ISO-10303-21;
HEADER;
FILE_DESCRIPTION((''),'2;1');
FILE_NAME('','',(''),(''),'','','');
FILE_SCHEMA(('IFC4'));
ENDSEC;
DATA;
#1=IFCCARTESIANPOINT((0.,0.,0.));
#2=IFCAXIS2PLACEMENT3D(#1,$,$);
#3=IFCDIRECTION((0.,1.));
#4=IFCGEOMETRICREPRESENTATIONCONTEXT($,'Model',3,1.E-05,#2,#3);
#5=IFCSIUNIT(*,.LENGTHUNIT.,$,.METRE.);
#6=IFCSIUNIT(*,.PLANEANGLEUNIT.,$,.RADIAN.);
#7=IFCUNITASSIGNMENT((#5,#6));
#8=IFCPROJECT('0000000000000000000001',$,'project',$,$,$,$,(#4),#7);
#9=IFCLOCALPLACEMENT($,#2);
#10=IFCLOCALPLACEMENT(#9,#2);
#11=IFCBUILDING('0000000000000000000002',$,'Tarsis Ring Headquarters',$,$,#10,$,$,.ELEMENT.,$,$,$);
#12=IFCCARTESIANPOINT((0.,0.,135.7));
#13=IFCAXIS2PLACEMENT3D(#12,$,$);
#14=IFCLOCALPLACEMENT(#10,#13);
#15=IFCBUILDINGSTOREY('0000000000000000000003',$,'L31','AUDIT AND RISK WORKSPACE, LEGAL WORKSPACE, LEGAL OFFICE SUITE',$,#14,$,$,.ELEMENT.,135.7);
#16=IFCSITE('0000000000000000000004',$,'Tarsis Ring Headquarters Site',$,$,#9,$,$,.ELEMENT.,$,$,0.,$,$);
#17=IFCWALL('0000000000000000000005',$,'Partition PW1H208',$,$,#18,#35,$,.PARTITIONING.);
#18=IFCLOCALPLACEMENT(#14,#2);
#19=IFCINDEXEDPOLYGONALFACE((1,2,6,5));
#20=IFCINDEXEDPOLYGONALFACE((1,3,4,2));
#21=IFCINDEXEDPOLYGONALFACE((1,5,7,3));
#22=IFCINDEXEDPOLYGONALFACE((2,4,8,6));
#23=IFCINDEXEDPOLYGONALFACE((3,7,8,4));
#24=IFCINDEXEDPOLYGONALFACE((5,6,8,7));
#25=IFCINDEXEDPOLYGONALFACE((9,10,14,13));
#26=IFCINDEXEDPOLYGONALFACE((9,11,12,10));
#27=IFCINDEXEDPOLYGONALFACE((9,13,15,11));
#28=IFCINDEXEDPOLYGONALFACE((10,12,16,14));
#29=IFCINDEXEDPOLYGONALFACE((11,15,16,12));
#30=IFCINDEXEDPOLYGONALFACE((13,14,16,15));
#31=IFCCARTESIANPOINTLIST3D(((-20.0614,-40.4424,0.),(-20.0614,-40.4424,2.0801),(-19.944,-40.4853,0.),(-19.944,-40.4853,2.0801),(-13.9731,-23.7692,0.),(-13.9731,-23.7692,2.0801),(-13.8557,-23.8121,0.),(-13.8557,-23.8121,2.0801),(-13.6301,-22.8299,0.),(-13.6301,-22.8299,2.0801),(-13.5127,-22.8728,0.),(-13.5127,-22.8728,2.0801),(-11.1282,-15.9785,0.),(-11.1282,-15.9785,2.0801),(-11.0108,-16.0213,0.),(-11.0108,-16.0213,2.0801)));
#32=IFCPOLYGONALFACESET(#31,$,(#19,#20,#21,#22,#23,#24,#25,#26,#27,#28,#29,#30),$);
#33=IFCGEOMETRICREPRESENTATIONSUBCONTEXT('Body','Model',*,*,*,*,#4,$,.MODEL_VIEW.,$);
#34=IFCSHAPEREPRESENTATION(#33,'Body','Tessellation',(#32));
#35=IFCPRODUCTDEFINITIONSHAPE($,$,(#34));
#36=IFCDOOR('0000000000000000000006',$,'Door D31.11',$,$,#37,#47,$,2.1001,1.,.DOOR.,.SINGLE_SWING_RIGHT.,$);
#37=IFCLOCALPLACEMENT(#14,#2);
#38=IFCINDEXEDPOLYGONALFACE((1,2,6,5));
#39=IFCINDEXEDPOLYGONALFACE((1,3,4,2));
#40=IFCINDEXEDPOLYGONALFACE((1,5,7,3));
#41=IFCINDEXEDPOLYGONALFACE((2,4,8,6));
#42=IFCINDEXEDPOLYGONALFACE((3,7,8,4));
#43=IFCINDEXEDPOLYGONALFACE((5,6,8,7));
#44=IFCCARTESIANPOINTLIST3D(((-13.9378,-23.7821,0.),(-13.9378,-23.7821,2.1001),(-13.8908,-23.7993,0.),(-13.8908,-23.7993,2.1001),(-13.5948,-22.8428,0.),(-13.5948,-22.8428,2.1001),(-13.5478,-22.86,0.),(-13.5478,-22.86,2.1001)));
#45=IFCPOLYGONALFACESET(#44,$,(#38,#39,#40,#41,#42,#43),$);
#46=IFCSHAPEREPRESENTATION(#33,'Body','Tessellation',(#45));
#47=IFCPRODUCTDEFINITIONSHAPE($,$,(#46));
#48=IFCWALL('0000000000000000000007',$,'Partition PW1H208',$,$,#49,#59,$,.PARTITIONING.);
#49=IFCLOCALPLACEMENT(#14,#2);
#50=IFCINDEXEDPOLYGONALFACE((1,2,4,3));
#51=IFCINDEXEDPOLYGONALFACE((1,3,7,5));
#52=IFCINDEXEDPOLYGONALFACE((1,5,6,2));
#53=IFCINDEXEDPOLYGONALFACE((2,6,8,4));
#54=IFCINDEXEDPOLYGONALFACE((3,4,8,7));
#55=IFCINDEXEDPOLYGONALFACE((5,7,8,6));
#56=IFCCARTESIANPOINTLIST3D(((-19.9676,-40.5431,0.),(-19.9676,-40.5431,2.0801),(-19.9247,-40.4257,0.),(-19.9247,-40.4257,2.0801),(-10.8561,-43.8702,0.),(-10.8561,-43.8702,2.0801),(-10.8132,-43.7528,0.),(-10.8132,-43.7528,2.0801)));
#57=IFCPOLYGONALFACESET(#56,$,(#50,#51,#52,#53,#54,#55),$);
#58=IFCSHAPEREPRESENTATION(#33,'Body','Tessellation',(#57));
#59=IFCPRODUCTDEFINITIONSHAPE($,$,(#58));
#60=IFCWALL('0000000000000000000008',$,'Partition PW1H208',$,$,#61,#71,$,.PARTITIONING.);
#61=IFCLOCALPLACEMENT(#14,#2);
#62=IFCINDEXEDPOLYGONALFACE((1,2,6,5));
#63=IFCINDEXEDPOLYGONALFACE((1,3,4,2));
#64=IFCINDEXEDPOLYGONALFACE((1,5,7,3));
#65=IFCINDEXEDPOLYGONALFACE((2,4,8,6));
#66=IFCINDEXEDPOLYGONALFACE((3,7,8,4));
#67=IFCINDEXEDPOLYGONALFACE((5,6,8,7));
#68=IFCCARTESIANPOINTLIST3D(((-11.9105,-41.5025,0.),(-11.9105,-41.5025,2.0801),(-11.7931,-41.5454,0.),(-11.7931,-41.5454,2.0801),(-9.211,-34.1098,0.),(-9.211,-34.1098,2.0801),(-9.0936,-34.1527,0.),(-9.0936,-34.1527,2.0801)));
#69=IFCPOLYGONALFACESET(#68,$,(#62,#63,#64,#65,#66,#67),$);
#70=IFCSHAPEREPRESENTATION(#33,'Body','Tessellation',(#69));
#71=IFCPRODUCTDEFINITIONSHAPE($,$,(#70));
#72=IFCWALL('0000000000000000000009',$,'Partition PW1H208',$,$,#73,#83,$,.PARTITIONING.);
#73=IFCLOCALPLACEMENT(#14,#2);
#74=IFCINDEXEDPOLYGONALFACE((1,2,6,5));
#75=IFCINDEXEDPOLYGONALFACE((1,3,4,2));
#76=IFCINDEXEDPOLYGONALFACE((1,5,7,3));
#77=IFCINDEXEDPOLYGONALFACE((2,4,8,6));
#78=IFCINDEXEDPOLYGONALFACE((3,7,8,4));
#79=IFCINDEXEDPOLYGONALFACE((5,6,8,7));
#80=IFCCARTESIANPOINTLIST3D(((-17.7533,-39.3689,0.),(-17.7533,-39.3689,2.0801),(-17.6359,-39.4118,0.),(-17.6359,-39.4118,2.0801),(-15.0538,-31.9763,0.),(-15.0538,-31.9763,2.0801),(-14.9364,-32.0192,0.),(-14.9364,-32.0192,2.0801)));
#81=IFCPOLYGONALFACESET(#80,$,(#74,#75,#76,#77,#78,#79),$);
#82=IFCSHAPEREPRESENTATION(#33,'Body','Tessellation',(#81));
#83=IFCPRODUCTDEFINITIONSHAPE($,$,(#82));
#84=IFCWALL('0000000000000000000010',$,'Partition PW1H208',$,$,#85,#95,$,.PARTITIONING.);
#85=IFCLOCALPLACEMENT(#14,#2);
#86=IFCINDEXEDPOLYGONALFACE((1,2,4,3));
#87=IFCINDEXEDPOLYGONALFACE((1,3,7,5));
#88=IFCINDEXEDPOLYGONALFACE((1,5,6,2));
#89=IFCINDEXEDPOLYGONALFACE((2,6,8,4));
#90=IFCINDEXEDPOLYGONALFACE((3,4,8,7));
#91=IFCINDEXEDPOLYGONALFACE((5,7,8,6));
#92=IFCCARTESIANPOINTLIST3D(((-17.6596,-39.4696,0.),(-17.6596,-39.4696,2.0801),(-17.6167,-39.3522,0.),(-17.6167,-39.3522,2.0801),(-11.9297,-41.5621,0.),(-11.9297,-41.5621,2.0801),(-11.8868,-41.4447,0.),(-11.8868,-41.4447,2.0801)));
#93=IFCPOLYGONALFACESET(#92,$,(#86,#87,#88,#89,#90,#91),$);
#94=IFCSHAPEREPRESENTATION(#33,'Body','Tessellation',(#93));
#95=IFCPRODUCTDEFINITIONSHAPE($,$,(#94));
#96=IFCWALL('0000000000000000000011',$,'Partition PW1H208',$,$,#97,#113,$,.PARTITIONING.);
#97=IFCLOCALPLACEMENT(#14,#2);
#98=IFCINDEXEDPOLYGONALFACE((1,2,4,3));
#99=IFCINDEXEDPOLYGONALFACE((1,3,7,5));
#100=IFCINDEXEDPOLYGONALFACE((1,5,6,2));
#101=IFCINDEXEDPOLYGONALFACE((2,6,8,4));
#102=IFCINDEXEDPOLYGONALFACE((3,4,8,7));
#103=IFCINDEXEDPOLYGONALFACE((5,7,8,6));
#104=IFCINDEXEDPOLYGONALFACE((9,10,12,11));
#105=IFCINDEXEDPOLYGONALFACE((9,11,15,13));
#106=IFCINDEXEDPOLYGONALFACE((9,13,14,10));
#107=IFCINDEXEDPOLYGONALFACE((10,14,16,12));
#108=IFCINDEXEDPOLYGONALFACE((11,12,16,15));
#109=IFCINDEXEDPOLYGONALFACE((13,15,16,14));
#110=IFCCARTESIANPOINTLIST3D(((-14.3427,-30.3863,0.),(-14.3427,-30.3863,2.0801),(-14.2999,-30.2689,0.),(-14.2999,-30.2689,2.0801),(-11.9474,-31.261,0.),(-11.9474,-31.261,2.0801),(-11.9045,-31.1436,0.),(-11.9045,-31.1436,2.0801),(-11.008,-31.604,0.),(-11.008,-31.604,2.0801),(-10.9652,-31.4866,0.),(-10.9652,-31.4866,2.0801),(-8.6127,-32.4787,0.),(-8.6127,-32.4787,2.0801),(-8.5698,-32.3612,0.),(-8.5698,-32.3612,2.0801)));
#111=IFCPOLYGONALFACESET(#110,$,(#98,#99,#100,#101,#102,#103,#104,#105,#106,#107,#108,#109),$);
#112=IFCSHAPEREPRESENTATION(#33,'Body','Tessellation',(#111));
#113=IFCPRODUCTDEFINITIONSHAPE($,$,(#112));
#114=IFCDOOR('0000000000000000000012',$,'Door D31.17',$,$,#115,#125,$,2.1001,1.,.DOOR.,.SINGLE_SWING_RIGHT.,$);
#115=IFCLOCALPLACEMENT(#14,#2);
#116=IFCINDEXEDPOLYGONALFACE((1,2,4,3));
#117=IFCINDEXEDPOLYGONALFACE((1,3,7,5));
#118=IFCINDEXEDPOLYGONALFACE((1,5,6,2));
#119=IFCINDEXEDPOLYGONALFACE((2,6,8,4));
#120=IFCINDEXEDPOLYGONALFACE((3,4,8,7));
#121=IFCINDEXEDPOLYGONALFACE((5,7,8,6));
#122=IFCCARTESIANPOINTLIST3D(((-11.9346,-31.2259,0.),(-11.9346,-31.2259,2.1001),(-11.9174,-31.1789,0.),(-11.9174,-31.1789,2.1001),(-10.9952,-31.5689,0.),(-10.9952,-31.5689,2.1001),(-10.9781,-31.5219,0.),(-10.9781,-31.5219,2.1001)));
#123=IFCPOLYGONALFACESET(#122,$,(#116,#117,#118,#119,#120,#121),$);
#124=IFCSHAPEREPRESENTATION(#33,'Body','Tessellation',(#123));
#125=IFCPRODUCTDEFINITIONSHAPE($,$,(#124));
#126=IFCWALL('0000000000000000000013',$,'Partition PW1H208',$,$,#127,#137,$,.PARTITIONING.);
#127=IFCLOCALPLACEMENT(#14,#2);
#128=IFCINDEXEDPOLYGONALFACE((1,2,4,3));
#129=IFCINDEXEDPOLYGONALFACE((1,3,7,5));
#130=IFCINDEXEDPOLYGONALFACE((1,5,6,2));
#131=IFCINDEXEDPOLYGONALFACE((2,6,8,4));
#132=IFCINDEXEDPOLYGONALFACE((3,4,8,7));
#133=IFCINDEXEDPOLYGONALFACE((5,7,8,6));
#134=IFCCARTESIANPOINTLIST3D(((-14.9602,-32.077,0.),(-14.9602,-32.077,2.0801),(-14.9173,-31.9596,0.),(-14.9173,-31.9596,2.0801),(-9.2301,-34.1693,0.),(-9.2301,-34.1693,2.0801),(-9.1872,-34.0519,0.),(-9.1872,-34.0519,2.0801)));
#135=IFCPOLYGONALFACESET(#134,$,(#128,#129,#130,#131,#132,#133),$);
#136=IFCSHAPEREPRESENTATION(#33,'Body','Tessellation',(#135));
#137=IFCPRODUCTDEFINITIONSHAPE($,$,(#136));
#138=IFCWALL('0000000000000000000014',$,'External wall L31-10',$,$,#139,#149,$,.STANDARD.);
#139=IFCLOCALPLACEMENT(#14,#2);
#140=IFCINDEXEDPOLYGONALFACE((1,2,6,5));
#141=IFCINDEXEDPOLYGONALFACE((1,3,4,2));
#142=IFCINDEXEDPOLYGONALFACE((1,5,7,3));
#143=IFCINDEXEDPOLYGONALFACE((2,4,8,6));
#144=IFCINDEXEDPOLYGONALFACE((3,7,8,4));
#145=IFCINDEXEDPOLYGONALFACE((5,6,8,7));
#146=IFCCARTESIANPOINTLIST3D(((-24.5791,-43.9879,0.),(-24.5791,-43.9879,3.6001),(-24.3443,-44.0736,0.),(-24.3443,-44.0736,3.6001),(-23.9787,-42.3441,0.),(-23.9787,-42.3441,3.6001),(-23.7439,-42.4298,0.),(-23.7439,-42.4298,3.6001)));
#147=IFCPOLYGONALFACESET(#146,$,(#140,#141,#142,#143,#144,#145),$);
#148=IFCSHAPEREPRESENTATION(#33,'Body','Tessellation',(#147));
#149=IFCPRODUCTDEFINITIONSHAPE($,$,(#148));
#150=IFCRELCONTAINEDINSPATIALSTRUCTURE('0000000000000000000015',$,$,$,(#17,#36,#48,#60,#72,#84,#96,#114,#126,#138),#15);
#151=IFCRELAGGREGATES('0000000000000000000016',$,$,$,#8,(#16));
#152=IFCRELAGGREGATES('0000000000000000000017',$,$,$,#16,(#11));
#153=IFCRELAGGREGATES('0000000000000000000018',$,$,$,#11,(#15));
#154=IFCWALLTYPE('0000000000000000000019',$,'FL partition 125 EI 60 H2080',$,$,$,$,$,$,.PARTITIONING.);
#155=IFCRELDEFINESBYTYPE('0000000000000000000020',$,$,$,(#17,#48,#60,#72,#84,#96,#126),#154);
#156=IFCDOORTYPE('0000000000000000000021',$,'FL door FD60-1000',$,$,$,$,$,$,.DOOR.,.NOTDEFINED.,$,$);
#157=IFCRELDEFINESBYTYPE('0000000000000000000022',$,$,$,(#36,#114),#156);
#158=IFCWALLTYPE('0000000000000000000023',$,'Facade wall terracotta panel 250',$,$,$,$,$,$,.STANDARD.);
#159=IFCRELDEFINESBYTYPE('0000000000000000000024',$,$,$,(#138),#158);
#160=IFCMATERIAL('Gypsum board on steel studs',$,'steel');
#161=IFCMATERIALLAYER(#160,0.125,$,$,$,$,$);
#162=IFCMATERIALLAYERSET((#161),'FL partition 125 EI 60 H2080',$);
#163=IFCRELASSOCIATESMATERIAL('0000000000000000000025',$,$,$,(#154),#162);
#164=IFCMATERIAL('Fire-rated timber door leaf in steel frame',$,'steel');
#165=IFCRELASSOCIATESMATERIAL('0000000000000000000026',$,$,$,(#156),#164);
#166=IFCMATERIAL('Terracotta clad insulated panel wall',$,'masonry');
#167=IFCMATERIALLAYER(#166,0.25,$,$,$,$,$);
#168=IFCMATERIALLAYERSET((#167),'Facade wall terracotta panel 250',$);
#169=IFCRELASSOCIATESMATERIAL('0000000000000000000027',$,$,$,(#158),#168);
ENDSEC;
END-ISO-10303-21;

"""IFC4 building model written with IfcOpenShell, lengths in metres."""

from ifc_helpers import new_model, si_unit, direction, frame, frame_2d, origin, place, context, subcontext, project, spatial, rectangle, extrude, material, layer, layer_set, type_object, element, fill, save


model = new_model("IFC4")

# Units and contexts
model_context = context("Model", 3, precision=1e-05, world=origin(), true_north=direction((0.0, 1.0)))
body_context = subcontext(model_context, "Body", "Model", "MODEL_VIEW")
ifc_project = project(units=[si_unit("LENGTHUNIT", "METRE"), si_unit("PLANEANGLEUNIT", "RADIAN")], contexts=[model_context])

# Site, building, storey
site_placement = place(None, origin())
site = spatial("IfcSite", under=ifc_project, at=site_placement, Name="Tarsis Ring Headquarters Site", CompositionType="ELEMENT", RefElevation=0.0)
building_placement = place(site_placement, origin())
building = spatial("IfcBuilding", under=site, at=building_placement, Name="Tarsis Ring Headquarters", CompositionType="ELEMENT")
storey_placement = place(building_placement, frame((0.0, 0.0, 135.7)))
storey = spatial("IfcBuildingStorey", under=building, at=storey_placement, Name="L31", Description="AUDIT AND RISK WORKSPACE, LEGAL WORKSPACE, LEGAL OFFICE SUITE", CompositionType="ELEMENT", Elevation=135.7)

# Shared definitions
ifc_material_1 = material(Name="Gypsum board on steel studs", Category="steel")

# Wall, opening, door
ifc_layer_1 = layer(ifc_material_1, 0.125)
ifc_layer_set_1 = layer_set([ifc_layer_1], Name="FL partition 125 EI 60 H2080")
wall_type_1 = type_object("IfcWallType", Name="FL partition 125 EI 60 H2080", PredefinedType="PARTITIONING", material=ifc_layer_set_1)
ifc_material_2 = material(Name="Fire-rated timber door leaf in steel frame", Category="steel")
wall_1_placement = place(storey_placement, frame((-20.0027, -40.4639, 0.0), z_axis=(0.0, 0.0, 1.0), x_axis=(0.343003, 0.939334, 0.0)))
wall_1 = element("IfcWall", 1, at=wall_1_placement, inside=storey, type_object=wall_type_1, Name="Partition PW1H208", PredefinedType="PARTITIONING", context=body_context, shape_type="SweptSolid", body=[
    extrude(rectangle(XDim=26.0439, YDim=0.125, at=frame_2d((13.022, 0.0))), origin(), (0.0, 0.0, 1.0), 2.0801),
])
opening_1_placement = place(wall_1_placement, frame((17.75, 0.0, 0.0)))
opening_1 = element("IfcOpeningElement", 2, at=opening_1_placement, cuts=wall_1, PredefinedType="OPENING", context=body_context, shape_type="SweptSolid", body=[
    extrude(rectangle(XDim=1.0, YDim=2.1001, at=frame_2d((0.5, 1.05))), frame((0.0, 0.0725, 0.0), z_axis=(0.0, -1.0, 0.0), x_axis=(1.0, 0.0, 0.0)), (0.0, 0.0, 1.0), 0.145),
])
door_type_1 = type_object("IfcDoorType", Name="FL door FD60-1000", OperationType="NOTDEFINED", PredefinedType="DOOR", material=ifc_material_2)
door_1_placement = place(opening_1_placement, origin())
door_1 = element("IfcDoor", 3, at=door_1_placement, inside=storey, type_object=door_type_1, Name="Door D31.11", OperationType="SINGLE_SWING_RIGHT", OverallHeight=2.1001, OverallWidth=1.0, PredefinedType="DOOR", context=body_context, shape_type="SweptSolid", body=[
    extrude(rectangle(XDim=1.0, YDim=2.1001, at=frame_2d((0.5, 1.05))), frame((0.0, 0.0249, 0.0), z_axis=(0.0, -1.0, 0.0), x_axis=(1.0, 0.0, 0.0)), (0.0, 0.0, 1.0), 0.05),
])
fill(opening_1, door_1)

# Walls
wall_2_placement = place(storey_placement, frame((-19.9463, -40.4844, 0.0), z_axis=(0.0, 0.0, 1.0), x_axis=(0.939334, -0.343004, 0.0)))
element("IfcWall", 4, at=wall_2_placement, inside=storey, type_object=wall_type_1, Name="Partition PW1H208", PredefinedType="PARTITIONING", context=body_context, shape_type="SweptSolid", body=[
    extrude(rectangle(XDim=9.7, YDim=0.125, at=frame_2d((4.8501, 0.0))), origin(), (0.0, 0.0, 1.0), 2.0801),
])
for number, where, z_axis, x_axis, name in (
    (5, (-11.8518, -41.5239, 0.0), (0.0, 0.0, 1.0), (0.343006, 0.939333, 0.0), "Partition PW1H208"),
    (6, (-17.6946, -39.3904, 0.0), (0.0, 0.0, 1.0), (0.343006, 0.939333, 0.0), "Partition PW1H208"),
):
    element("IfcWall", number, at=place(storey_placement, frame(where, z_axis=z_axis, x_axis=x_axis)), inside=storey, type_object=wall_type_1, Name=name, PredefinedType="PARTITIONING", context=body_context, shape_type="SweptSolid", body=[
        extrude(rectangle(XDim=7.8701, YDim=0.125, at=frame_2d((3.9351, 0.0))), origin(), (0.0, 0.0, 1.0), 2.0801),
    ])
wall_3_placement = place(storey_placement, frame((-17.6382, -39.4109, 0.0), z_axis=(0.0, 0.0, 1.0), x_axis=(0.939324, -0.343031, 0.0)))
element("IfcWall", 7, at=wall_3_placement, inside=storey, type_object=wall_type_1, Name="Partition PW1H208", PredefinedType="PARTITIONING", context=body_context, shape_type="SweptSolid", body=[
    extrude(rectangle(XDim=6.1001, YDim=0.125, at=frame_2d((3.05, 0.0))), origin(), (0.0, 0.0, 1.0), 2.0801),
])

# Wall, opening, door
wall_4_placement = place(storey_placement, frame((-14.3213, -30.3276, 0.0), z_axis=(0.0, 0.0, 1.0), x_axis=(0.939337, -0.342996, 0.0)))
wall_4 = element("IfcWall", 8, at=wall_4_placement, inside=storey, type_object=wall_type_1, Name="Partition PW1H208", PredefinedType="PARTITIONING", context=body_context, shape_type="SweptSolid", body=[
    extrude(rectangle(XDim=6.1001, YDim=0.125, at=frame_2d((3.05, 0.0))), origin(), (0.0, 0.0, 1.0), 2.0801),
])
opening_2_placement = place(wall_4_placement, frame((2.55, 0.0, 0.0)))
opening_2 = element("IfcOpeningElement", 9, at=opening_2_placement, cuts=wall_4, PredefinedType="OPENING", context=body_context, shape_type="SweptSolid", body=[
    extrude(rectangle(XDim=1.0, YDim=2.1001, at=frame_2d((0.5, 1.05))), frame((0.0, 0.0725, 0.0), z_axis=(0.0, -1.0, 0.0), x_axis=(1.0, 0.0, 0.0)), (0.0, 0.0, 1.0), 0.145),
])
door_2_placement = place(opening_2_placement, origin())
door_2 = element("IfcDoor", 10, at=door_2_placement, inside=storey, type_object=door_type_1, Name="Door D31.17", OperationType="SINGLE_SWING_RIGHT", OverallHeight=2.1001, OverallWidth=1.0, PredefinedType="DOOR", context=body_context, shape_type="SweptSolid", body=[
    extrude(rectangle(XDim=1.0, YDim=2.1001, at=frame_2d((0.5, 1.05))), frame((0.0, 0.0249, 0.0), z_axis=(0.0, -1.0, 0.0), x_axis=(1.0, 0.0, 0.0)), (0.0, 0.0, 1.0), 0.05),
])
fill(opening_2, door_2)

# Walls
wall_5_placement = place(storey_placement, frame((-14.9387, -32.0183, 0.0), z_axis=(0.0, 0.0, 1.0), x_axis=(0.939337, -0.342996, 0.0)))
element("IfcWall", 11, at=wall_5_placement, inside=storey, type_object=wall_type_1, Name="Partition PW1H208", PredefinedType="PARTITIONING", context=body_context, shape_type="SweptSolid", body=[
    extrude(rectangle(XDim=6.1001, YDim=0.125, at=frame_2d((3.05, 0.0))), origin(), (0.0, 0.0, 1.0), 2.0801),
])
ifc_material_3 = material(Name="Terracotta clad insulated panel wall", Category="masonry")
ifc_layer_2 = layer(ifc_material_3, 0.25)
ifc_layer_set_2 = layer_set([ifc_layer_2], Name="Facade wall terracotta panel 250")
wall_type_2 = type_object("IfcWallType", Name="Facade wall terracotta panel 250", PredefinedType="STANDARD", material=ifc_layer_set_2)
wall_6_placement = place(storey_placement, frame((-23.8613, -42.387, 0.0), z_axis=(0.0, 0.0, 1.0), x_axis=(-0.343053, -0.939316, 0.0)))
element("IfcWall", 12, at=wall_6_placement, inside=storey, type_object=wall_type_2, Name="External wall L31-10", PredefinedType="STANDARD", context=body_context, shape_type="SweptSolid", body=[
    extrude(rectangle(XDim=1.75, YDim=0.25, at=frame_2d((0.875, 0.0))), origin(), (0.0, 0.0, 1.0), 3.6001),
])

save(model, "model.ifc")
